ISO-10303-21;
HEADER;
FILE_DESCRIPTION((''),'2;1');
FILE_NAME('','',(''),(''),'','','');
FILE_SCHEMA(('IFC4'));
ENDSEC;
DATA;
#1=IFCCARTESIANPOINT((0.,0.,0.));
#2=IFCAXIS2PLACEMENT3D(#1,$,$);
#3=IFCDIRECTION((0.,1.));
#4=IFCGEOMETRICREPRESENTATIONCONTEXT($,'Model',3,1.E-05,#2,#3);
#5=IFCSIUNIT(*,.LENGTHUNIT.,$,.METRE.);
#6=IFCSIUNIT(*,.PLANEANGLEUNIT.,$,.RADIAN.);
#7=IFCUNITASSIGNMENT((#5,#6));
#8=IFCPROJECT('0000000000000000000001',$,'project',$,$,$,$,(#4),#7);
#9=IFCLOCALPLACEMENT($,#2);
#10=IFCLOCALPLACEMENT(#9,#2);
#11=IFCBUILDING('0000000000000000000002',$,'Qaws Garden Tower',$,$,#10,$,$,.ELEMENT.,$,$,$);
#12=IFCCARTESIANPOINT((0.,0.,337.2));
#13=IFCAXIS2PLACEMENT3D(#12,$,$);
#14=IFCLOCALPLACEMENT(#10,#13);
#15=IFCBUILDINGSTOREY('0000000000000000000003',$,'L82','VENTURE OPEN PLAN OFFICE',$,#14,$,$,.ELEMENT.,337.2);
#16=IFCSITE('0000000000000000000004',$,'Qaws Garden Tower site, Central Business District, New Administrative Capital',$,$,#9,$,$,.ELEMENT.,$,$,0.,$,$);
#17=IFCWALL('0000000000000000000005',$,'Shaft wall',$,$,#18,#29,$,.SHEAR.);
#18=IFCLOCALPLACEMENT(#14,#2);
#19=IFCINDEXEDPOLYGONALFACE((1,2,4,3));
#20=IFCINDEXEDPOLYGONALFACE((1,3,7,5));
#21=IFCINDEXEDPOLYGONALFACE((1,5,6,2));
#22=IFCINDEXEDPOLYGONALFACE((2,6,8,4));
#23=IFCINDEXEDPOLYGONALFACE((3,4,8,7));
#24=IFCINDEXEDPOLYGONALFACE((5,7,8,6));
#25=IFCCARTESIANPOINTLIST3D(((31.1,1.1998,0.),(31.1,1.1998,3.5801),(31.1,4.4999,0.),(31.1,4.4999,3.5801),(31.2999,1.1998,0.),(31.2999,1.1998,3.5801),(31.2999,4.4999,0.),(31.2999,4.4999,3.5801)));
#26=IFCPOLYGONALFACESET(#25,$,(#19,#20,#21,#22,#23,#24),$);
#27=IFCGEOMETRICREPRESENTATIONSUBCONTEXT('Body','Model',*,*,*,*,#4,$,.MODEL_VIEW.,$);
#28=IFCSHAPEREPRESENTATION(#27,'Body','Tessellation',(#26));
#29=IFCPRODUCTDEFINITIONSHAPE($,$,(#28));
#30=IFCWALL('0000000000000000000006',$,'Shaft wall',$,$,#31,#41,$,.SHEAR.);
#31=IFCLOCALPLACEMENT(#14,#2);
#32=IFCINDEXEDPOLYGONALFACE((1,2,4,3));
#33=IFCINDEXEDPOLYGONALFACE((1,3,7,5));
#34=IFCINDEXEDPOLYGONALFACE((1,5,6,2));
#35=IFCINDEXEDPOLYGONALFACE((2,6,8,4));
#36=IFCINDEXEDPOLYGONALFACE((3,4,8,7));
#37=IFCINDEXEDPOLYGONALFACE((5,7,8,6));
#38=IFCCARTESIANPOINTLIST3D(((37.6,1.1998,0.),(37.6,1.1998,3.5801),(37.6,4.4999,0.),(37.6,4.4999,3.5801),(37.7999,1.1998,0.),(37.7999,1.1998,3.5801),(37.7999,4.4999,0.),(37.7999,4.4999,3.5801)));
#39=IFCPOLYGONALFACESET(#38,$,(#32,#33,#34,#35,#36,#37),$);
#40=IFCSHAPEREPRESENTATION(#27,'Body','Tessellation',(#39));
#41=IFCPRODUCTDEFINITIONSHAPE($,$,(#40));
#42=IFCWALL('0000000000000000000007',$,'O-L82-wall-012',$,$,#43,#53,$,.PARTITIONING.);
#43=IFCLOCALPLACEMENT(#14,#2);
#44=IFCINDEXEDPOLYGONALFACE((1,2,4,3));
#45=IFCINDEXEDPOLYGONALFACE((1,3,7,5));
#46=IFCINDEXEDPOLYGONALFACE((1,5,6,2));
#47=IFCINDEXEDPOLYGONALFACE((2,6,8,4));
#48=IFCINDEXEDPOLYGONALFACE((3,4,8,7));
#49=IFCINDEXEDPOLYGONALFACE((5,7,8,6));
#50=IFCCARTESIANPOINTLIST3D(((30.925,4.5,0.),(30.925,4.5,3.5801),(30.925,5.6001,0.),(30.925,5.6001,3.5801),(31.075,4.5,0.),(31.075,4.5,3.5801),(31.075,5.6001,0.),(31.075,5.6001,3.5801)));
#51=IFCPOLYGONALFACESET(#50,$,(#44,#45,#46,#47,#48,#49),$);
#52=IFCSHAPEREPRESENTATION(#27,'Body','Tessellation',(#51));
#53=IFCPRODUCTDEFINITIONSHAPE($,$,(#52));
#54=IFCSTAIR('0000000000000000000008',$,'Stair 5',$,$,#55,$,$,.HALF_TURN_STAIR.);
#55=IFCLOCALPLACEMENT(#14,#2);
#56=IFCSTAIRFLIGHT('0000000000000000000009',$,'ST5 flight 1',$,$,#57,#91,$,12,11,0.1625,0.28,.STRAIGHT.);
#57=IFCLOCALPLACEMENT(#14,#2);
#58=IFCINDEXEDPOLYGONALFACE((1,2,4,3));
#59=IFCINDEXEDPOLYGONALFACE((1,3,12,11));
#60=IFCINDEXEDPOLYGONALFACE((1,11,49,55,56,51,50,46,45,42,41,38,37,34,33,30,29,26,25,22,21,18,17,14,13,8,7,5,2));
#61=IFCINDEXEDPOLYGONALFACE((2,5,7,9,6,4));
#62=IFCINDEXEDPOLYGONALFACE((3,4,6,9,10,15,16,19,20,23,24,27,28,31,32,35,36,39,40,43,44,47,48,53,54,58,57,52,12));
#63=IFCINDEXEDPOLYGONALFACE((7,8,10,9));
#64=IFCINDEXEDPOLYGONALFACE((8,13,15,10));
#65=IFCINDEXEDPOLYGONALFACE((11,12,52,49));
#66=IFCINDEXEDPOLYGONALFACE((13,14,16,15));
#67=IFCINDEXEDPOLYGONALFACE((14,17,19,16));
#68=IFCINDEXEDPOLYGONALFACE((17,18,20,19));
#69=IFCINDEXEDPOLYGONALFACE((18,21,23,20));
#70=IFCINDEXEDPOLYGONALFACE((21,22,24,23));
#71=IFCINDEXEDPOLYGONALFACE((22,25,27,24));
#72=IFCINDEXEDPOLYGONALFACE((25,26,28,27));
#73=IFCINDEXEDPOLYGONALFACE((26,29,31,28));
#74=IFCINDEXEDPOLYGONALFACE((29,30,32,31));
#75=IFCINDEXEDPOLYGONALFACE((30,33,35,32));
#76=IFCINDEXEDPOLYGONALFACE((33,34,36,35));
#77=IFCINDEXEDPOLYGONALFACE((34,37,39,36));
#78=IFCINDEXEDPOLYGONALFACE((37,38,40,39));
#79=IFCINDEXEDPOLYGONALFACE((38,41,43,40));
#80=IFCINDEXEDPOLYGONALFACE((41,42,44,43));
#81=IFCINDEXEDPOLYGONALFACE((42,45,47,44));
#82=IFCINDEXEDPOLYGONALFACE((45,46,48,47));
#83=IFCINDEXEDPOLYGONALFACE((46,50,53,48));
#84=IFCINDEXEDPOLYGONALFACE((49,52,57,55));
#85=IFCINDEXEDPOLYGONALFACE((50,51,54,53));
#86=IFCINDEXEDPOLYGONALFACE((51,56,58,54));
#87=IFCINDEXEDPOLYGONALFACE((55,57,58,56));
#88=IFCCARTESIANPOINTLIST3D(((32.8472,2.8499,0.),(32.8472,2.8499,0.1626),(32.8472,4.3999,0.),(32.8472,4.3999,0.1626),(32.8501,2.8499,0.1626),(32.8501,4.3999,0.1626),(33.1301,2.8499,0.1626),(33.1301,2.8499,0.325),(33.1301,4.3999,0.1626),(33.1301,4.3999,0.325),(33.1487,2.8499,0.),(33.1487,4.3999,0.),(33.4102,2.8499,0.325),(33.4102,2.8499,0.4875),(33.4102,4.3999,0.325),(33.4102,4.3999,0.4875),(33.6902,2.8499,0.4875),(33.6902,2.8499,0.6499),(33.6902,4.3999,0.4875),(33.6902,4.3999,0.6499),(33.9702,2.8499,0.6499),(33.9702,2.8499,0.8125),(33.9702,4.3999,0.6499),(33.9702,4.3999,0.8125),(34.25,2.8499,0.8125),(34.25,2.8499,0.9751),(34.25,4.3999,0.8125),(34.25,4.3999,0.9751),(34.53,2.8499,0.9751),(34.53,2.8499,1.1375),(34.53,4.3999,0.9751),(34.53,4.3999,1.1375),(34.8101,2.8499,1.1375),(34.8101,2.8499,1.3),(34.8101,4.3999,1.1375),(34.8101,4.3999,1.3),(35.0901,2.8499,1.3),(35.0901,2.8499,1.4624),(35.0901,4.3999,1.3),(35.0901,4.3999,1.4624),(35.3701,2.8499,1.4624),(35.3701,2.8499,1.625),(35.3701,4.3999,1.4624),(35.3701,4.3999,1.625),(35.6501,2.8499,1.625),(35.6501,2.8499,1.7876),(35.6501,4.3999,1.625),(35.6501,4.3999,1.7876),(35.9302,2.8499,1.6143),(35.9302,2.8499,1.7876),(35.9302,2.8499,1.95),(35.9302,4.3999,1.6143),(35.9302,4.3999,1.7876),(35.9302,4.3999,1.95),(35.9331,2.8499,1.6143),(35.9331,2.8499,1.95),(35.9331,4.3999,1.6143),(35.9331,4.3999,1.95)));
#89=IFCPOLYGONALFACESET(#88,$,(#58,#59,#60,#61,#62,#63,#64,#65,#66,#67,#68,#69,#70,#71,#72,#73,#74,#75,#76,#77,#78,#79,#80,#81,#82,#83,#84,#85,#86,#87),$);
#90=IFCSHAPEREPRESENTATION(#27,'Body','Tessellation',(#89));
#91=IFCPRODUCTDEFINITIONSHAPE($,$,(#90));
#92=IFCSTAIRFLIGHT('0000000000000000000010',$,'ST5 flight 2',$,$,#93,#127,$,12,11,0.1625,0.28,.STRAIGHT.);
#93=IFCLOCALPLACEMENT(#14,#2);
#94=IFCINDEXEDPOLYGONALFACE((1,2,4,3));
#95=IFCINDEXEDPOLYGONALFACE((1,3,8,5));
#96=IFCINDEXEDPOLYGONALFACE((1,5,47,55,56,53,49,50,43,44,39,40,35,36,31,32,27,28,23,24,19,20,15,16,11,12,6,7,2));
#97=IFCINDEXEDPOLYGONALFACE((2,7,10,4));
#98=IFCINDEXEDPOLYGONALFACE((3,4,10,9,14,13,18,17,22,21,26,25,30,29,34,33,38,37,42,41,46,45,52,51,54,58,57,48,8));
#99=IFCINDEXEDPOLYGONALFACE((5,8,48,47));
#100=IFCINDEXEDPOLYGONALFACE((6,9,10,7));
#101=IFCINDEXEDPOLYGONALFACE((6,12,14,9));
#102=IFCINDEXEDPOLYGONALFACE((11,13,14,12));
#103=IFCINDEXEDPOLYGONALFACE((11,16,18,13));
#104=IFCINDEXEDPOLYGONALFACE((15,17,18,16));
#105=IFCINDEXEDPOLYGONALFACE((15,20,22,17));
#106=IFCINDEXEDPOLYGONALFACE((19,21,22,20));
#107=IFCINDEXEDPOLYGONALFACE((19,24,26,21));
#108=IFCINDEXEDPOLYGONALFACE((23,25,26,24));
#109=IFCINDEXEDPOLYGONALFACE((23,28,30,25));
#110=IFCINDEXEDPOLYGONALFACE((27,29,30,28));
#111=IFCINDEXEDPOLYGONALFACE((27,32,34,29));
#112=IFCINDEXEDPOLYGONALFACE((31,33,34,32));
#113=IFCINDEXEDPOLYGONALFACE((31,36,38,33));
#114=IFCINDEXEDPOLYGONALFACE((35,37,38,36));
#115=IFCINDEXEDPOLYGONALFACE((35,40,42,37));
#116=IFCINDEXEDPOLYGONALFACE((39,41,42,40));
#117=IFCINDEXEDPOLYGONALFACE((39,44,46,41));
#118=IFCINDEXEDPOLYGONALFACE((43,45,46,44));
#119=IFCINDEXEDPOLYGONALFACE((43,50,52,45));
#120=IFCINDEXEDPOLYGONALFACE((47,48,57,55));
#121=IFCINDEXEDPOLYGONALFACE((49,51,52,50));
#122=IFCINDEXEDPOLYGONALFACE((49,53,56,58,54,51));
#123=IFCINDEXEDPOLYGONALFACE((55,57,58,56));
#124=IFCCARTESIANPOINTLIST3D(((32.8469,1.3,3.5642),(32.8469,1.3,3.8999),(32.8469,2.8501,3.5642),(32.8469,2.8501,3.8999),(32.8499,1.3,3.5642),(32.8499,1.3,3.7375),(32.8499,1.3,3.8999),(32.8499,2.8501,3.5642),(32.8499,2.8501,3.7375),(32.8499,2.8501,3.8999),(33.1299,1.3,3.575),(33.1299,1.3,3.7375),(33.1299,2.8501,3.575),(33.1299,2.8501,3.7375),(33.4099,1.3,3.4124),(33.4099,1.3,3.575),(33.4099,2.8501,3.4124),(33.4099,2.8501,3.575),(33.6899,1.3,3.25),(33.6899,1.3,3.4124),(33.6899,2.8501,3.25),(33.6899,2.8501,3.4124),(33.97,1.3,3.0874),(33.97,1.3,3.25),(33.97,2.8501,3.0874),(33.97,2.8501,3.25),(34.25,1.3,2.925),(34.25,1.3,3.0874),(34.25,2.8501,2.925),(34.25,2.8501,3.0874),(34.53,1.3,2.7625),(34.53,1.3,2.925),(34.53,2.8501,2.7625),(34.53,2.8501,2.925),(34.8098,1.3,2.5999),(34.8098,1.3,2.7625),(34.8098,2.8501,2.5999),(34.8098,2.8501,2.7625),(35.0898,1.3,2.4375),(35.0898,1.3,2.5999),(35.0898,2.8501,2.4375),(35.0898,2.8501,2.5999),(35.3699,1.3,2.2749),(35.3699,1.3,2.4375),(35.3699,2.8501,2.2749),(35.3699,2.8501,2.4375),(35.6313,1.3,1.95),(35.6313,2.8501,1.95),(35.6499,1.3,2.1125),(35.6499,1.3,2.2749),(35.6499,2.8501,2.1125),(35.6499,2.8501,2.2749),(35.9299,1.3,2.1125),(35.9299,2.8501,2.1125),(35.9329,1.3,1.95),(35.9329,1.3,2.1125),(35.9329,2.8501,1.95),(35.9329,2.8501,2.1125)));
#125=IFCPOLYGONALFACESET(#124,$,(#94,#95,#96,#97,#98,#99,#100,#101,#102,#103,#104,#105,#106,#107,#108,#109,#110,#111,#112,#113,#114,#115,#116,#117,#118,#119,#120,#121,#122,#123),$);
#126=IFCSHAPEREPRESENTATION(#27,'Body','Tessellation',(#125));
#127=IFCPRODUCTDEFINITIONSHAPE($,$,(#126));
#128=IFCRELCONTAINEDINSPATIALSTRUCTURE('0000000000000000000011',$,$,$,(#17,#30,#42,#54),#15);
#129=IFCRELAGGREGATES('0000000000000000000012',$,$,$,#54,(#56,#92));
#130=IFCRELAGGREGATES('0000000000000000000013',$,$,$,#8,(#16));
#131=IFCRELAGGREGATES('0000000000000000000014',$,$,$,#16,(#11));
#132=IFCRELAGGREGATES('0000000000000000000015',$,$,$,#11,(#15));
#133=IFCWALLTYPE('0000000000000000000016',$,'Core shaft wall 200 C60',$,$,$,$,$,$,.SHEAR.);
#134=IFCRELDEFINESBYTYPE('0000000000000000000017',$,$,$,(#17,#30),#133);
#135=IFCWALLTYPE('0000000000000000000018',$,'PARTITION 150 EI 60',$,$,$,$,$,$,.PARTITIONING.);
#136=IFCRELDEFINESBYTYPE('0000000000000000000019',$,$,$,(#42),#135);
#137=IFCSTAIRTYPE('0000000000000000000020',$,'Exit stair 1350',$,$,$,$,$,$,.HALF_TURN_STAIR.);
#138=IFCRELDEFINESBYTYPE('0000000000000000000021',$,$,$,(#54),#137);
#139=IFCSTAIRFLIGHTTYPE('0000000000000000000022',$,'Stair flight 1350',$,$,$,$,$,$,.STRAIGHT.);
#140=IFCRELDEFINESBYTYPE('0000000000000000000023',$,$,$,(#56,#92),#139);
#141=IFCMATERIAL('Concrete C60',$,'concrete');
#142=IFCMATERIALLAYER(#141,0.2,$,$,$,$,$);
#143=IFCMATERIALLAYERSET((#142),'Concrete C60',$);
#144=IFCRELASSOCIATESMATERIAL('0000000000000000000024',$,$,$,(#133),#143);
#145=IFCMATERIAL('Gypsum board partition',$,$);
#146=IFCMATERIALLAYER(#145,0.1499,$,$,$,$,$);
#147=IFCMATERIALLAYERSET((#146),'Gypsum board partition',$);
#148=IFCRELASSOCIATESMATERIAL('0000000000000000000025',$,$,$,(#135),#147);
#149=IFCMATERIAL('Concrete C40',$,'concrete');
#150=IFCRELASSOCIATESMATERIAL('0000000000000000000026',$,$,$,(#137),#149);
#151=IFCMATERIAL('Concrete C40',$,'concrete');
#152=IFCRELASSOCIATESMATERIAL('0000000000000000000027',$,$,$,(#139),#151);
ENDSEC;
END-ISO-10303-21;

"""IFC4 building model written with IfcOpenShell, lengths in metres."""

from ifc_helpers import new_model, si_unit, direction, frame, frame_2d, origin, place, context, subcontext, project, spatial, polyline, rectangle, outline, extrude, material, layer, layer_set, type_object, element, aggregate, save


model = new_model("IFC4")

# Units and contexts
model_context = context("Model", 3, precision=1e-05, world=origin(), true_north=direction((0.0, 1.0)))
body_context = subcontext(model_context, "Body", "Model", "MODEL_VIEW")
ifc_project = project(units=[si_unit("LENGTHUNIT", "METRE"), si_unit("PLANEANGLEUNIT", "RADIAN")], contexts=[model_context])

# Site, building, storey
site_placement = place(None, origin())
site = spatial("IfcSite", under=ifc_project, at=site_placement, Name="Qaws Garden Tower site, Central Business District, New Administrative Capital", CompositionType="ELEMENT", RefElevation=0.0)
building_placement = place(site_placement, origin())
building = spatial("IfcBuilding", under=site, at=building_placement, Name="Qaws Garden Tower", CompositionType="ELEMENT")
storey_placement = place(building_placement, frame((0.0, 0.0, 337.2)))
storey = spatial("IfcBuildingStorey", under=building, at=storey_placement, Name="L82", Description="VENTURE OPEN PLAN OFFICE", CompositionType="ELEMENT", Elevation=337.2)

# Shared definitions
ifc_material_1 = material(Name="Concrete C60", Category="concrete")
ifc_layer_1 = layer(ifc_material_1, 0.2)
ifc_layer_set_1 = layer_set([ifc_layer_1], Name="Concrete C60")
wall_type_1 = type_object("IfcWallType", Name="Core shaft wall 200 C60", PredefinedType="SHEAR", material=ifc_layer_set_1)

# Walls
for number, where, z_axis, x_axis, name in (
    (1, (31.2, 1.2, 0.0), (0.0, 0.0, 1.0), (0.0, 1.0, 0.0), "Shaft wall"),
    (2, (37.7, 1.2, 0.0), (0.0, 0.0, 1.0), (0.0, 1.0, 0.0), "Shaft wall"),
):
    element("IfcWall", number, at=place(storey_placement, frame(where, z_axis=z_axis, x_axis=x_axis)), inside=storey, type_object=wall_type_1, Name=name, PredefinedType="SHEAR", context=body_context, shape_type="SweptSolid", body=[
        extrude(rectangle(XDim=3.3, YDim=0.2, at=frame_2d((1.6499, 0.0))), origin(), (0.0, 0.0, 1.0), 3.5801),
    ])
ifc_material_2 = material(Name="Gypsum board partition")
ifc_layer_2 = layer(ifc_material_2, 0.1499)
ifc_layer_set_2 = layer_set([ifc_layer_2], Name="Gypsum board partition")
wall_type_2 = type_object("IfcWallType", Name="PARTITION 150 EI 60", PredefinedType="PARTITIONING", material=ifc_layer_set_2)
wall_1_placement = place(storey_placement, frame((31.0, 4.5, 0.0), z_axis=(0.0, 0.0, 1.0), x_axis=(0.0, 1.0, 0.0)))
element("IfcWall", 3, at=wall_1_placement, inside=storey, type_object=wall_type_2, Name="O-L82-wall-012", PredefinedType="PARTITIONING", context=body_context, shape_type="SweptSolid", body=[
    extrude(rectangle(XDim=1.1001, YDim=0.1499, at=frame_2d((0.55, 0.0))), origin(), (0.0, 0.0, 1.0), 3.5801),
])

# Stair, stair flights
ifc_material_3 = material(Name="Concrete C40", Category="concrete")
stair_type = type_object("IfcStairType", Name="Exit stair 1350", PredefinedType="HALF_TURN_STAIR", material=ifc_material_3)
stair_placement = place(storey_placement, origin())
stair = element("IfcStair", 4, at=stair_placement, inside=storey, type_object=stair_type, Name="Stair 5", PredefinedType="HALF_TURN_STAIR")
ifc_material_4 = material(Name="Concrete C40", Category="concrete")
stair_flight_type = type_object("IfcStairFlightType", Name="Stair flight 1350", PredefinedType="STRAIGHT", material=ifc_material_4)
stair_flight_1_placement = place(storey_placement, frame((32.8501, 3.625, 0.0), z_axis=(0.0, 0.0, 1.0), x_axis=(1.0, 0.0, 0.0)))
stair_flight_1 = element("IfcStairFlight", 5, at=stair_flight_1_placement, type_object=stair_flight_type, Name="ST5 flight 1", NumberOfRisers=12, NumberOfTreads=11, PredefinedType="STRAIGHT", RiserHeight=0.1625, TreadLength=0.28, context=body_context, shape_type="SweptSolid", body=[
    extrude(outline(polyline([(-0.0029, 0.0), (-0.0029, 0.1626), (0.0, 0.1626), (0.28, 0.1626), (0.28, 0.325), (0.5601, 0.325), (0.5601, 0.4875), (0.8401, 0.4875), (0.8401, 0.6499), (1.1201, 0.6499), (1.1201, 0.8125), (1.3999, 0.8125), (1.3999, 0.9751), (1.6799, 0.9751), (1.6799, 1.1375), (1.96, 1.1375), (1.96, 1.3), (2.24, 1.3), (2.24, 1.4624), (2.52, 1.4624), (2.52, 1.625), (2.8, 1.625), (2.8, 1.7876), (3.0801, 1.7876), (3.0801, 1.95), (3.083, 1.95), (3.083, 1.6143), (3.0801, 1.6143), (0.2986, 0.0), (-0.0029, 0.0)])), frame((0.0, 0.7749, 0.0), z_axis=(0.0, -1.0, 0.0), x_axis=(1.0, 0.0, 0.0)), (0.0, 0.0, 1.0), 1.55),
])
stair_flight_2_placement = place(storey_placement, frame((35.9299, 2.075, 1.95), z_axis=(0.0, 0.0, 1.0), x_axis=(-1.0, 0.0, 0.0)))
stair_flight_2 = element("IfcStairFlight", 6, at=stair_flight_2_placement, type_object=stair_flight_type, Name="ST5 flight 2", NumberOfRisers=12, NumberOfTreads=11, PredefinedType="STRAIGHT", RiserHeight=0.1625, TreadLength=0.28, context=body_context, shape_type="SweptSolid", body=[
    extrude(outline(polyline([(-0.0029, 0.0), (-0.0029, 0.1626), (0.0, 0.1626), (0.28, 0.1626), (0.28, 0.325), (0.5601, 0.325), (0.5601, 0.4875), (0.8401, 0.4875), (0.8401, 0.6499), (1.1201, 0.6499), (1.1201, 0.8125), (1.3999, 0.8125), (1.3999, 0.9751), (1.6799, 0.9751), (1.6799, 1.1375), (1.96, 1.1375), (1.96, 1.3), (2.24, 1.3), (2.24, 1.4624), (2.52, 1.4624), (2.52, 1.625), (2.8, 1.625), (2.8, 1.7876), (3.0801, 1.7876), (3.0801, 1.95), (3.083, 1.95), (3.083, 1.6143), (3.0801, 1.6143), (0.2986, 0.0), (-0.0029, 0.0)])), frame((0.0, 0.7749, 0.0), z_axis=(0.0, -1.0, 0.0), x_axis=(1.0, 0.0, 0.0)), (0.0, 0.0, 1.0), 1.55),
])
aggregate(stair, [stair_flight_1, stair_flight_2])

save(model, "model.ifc")
